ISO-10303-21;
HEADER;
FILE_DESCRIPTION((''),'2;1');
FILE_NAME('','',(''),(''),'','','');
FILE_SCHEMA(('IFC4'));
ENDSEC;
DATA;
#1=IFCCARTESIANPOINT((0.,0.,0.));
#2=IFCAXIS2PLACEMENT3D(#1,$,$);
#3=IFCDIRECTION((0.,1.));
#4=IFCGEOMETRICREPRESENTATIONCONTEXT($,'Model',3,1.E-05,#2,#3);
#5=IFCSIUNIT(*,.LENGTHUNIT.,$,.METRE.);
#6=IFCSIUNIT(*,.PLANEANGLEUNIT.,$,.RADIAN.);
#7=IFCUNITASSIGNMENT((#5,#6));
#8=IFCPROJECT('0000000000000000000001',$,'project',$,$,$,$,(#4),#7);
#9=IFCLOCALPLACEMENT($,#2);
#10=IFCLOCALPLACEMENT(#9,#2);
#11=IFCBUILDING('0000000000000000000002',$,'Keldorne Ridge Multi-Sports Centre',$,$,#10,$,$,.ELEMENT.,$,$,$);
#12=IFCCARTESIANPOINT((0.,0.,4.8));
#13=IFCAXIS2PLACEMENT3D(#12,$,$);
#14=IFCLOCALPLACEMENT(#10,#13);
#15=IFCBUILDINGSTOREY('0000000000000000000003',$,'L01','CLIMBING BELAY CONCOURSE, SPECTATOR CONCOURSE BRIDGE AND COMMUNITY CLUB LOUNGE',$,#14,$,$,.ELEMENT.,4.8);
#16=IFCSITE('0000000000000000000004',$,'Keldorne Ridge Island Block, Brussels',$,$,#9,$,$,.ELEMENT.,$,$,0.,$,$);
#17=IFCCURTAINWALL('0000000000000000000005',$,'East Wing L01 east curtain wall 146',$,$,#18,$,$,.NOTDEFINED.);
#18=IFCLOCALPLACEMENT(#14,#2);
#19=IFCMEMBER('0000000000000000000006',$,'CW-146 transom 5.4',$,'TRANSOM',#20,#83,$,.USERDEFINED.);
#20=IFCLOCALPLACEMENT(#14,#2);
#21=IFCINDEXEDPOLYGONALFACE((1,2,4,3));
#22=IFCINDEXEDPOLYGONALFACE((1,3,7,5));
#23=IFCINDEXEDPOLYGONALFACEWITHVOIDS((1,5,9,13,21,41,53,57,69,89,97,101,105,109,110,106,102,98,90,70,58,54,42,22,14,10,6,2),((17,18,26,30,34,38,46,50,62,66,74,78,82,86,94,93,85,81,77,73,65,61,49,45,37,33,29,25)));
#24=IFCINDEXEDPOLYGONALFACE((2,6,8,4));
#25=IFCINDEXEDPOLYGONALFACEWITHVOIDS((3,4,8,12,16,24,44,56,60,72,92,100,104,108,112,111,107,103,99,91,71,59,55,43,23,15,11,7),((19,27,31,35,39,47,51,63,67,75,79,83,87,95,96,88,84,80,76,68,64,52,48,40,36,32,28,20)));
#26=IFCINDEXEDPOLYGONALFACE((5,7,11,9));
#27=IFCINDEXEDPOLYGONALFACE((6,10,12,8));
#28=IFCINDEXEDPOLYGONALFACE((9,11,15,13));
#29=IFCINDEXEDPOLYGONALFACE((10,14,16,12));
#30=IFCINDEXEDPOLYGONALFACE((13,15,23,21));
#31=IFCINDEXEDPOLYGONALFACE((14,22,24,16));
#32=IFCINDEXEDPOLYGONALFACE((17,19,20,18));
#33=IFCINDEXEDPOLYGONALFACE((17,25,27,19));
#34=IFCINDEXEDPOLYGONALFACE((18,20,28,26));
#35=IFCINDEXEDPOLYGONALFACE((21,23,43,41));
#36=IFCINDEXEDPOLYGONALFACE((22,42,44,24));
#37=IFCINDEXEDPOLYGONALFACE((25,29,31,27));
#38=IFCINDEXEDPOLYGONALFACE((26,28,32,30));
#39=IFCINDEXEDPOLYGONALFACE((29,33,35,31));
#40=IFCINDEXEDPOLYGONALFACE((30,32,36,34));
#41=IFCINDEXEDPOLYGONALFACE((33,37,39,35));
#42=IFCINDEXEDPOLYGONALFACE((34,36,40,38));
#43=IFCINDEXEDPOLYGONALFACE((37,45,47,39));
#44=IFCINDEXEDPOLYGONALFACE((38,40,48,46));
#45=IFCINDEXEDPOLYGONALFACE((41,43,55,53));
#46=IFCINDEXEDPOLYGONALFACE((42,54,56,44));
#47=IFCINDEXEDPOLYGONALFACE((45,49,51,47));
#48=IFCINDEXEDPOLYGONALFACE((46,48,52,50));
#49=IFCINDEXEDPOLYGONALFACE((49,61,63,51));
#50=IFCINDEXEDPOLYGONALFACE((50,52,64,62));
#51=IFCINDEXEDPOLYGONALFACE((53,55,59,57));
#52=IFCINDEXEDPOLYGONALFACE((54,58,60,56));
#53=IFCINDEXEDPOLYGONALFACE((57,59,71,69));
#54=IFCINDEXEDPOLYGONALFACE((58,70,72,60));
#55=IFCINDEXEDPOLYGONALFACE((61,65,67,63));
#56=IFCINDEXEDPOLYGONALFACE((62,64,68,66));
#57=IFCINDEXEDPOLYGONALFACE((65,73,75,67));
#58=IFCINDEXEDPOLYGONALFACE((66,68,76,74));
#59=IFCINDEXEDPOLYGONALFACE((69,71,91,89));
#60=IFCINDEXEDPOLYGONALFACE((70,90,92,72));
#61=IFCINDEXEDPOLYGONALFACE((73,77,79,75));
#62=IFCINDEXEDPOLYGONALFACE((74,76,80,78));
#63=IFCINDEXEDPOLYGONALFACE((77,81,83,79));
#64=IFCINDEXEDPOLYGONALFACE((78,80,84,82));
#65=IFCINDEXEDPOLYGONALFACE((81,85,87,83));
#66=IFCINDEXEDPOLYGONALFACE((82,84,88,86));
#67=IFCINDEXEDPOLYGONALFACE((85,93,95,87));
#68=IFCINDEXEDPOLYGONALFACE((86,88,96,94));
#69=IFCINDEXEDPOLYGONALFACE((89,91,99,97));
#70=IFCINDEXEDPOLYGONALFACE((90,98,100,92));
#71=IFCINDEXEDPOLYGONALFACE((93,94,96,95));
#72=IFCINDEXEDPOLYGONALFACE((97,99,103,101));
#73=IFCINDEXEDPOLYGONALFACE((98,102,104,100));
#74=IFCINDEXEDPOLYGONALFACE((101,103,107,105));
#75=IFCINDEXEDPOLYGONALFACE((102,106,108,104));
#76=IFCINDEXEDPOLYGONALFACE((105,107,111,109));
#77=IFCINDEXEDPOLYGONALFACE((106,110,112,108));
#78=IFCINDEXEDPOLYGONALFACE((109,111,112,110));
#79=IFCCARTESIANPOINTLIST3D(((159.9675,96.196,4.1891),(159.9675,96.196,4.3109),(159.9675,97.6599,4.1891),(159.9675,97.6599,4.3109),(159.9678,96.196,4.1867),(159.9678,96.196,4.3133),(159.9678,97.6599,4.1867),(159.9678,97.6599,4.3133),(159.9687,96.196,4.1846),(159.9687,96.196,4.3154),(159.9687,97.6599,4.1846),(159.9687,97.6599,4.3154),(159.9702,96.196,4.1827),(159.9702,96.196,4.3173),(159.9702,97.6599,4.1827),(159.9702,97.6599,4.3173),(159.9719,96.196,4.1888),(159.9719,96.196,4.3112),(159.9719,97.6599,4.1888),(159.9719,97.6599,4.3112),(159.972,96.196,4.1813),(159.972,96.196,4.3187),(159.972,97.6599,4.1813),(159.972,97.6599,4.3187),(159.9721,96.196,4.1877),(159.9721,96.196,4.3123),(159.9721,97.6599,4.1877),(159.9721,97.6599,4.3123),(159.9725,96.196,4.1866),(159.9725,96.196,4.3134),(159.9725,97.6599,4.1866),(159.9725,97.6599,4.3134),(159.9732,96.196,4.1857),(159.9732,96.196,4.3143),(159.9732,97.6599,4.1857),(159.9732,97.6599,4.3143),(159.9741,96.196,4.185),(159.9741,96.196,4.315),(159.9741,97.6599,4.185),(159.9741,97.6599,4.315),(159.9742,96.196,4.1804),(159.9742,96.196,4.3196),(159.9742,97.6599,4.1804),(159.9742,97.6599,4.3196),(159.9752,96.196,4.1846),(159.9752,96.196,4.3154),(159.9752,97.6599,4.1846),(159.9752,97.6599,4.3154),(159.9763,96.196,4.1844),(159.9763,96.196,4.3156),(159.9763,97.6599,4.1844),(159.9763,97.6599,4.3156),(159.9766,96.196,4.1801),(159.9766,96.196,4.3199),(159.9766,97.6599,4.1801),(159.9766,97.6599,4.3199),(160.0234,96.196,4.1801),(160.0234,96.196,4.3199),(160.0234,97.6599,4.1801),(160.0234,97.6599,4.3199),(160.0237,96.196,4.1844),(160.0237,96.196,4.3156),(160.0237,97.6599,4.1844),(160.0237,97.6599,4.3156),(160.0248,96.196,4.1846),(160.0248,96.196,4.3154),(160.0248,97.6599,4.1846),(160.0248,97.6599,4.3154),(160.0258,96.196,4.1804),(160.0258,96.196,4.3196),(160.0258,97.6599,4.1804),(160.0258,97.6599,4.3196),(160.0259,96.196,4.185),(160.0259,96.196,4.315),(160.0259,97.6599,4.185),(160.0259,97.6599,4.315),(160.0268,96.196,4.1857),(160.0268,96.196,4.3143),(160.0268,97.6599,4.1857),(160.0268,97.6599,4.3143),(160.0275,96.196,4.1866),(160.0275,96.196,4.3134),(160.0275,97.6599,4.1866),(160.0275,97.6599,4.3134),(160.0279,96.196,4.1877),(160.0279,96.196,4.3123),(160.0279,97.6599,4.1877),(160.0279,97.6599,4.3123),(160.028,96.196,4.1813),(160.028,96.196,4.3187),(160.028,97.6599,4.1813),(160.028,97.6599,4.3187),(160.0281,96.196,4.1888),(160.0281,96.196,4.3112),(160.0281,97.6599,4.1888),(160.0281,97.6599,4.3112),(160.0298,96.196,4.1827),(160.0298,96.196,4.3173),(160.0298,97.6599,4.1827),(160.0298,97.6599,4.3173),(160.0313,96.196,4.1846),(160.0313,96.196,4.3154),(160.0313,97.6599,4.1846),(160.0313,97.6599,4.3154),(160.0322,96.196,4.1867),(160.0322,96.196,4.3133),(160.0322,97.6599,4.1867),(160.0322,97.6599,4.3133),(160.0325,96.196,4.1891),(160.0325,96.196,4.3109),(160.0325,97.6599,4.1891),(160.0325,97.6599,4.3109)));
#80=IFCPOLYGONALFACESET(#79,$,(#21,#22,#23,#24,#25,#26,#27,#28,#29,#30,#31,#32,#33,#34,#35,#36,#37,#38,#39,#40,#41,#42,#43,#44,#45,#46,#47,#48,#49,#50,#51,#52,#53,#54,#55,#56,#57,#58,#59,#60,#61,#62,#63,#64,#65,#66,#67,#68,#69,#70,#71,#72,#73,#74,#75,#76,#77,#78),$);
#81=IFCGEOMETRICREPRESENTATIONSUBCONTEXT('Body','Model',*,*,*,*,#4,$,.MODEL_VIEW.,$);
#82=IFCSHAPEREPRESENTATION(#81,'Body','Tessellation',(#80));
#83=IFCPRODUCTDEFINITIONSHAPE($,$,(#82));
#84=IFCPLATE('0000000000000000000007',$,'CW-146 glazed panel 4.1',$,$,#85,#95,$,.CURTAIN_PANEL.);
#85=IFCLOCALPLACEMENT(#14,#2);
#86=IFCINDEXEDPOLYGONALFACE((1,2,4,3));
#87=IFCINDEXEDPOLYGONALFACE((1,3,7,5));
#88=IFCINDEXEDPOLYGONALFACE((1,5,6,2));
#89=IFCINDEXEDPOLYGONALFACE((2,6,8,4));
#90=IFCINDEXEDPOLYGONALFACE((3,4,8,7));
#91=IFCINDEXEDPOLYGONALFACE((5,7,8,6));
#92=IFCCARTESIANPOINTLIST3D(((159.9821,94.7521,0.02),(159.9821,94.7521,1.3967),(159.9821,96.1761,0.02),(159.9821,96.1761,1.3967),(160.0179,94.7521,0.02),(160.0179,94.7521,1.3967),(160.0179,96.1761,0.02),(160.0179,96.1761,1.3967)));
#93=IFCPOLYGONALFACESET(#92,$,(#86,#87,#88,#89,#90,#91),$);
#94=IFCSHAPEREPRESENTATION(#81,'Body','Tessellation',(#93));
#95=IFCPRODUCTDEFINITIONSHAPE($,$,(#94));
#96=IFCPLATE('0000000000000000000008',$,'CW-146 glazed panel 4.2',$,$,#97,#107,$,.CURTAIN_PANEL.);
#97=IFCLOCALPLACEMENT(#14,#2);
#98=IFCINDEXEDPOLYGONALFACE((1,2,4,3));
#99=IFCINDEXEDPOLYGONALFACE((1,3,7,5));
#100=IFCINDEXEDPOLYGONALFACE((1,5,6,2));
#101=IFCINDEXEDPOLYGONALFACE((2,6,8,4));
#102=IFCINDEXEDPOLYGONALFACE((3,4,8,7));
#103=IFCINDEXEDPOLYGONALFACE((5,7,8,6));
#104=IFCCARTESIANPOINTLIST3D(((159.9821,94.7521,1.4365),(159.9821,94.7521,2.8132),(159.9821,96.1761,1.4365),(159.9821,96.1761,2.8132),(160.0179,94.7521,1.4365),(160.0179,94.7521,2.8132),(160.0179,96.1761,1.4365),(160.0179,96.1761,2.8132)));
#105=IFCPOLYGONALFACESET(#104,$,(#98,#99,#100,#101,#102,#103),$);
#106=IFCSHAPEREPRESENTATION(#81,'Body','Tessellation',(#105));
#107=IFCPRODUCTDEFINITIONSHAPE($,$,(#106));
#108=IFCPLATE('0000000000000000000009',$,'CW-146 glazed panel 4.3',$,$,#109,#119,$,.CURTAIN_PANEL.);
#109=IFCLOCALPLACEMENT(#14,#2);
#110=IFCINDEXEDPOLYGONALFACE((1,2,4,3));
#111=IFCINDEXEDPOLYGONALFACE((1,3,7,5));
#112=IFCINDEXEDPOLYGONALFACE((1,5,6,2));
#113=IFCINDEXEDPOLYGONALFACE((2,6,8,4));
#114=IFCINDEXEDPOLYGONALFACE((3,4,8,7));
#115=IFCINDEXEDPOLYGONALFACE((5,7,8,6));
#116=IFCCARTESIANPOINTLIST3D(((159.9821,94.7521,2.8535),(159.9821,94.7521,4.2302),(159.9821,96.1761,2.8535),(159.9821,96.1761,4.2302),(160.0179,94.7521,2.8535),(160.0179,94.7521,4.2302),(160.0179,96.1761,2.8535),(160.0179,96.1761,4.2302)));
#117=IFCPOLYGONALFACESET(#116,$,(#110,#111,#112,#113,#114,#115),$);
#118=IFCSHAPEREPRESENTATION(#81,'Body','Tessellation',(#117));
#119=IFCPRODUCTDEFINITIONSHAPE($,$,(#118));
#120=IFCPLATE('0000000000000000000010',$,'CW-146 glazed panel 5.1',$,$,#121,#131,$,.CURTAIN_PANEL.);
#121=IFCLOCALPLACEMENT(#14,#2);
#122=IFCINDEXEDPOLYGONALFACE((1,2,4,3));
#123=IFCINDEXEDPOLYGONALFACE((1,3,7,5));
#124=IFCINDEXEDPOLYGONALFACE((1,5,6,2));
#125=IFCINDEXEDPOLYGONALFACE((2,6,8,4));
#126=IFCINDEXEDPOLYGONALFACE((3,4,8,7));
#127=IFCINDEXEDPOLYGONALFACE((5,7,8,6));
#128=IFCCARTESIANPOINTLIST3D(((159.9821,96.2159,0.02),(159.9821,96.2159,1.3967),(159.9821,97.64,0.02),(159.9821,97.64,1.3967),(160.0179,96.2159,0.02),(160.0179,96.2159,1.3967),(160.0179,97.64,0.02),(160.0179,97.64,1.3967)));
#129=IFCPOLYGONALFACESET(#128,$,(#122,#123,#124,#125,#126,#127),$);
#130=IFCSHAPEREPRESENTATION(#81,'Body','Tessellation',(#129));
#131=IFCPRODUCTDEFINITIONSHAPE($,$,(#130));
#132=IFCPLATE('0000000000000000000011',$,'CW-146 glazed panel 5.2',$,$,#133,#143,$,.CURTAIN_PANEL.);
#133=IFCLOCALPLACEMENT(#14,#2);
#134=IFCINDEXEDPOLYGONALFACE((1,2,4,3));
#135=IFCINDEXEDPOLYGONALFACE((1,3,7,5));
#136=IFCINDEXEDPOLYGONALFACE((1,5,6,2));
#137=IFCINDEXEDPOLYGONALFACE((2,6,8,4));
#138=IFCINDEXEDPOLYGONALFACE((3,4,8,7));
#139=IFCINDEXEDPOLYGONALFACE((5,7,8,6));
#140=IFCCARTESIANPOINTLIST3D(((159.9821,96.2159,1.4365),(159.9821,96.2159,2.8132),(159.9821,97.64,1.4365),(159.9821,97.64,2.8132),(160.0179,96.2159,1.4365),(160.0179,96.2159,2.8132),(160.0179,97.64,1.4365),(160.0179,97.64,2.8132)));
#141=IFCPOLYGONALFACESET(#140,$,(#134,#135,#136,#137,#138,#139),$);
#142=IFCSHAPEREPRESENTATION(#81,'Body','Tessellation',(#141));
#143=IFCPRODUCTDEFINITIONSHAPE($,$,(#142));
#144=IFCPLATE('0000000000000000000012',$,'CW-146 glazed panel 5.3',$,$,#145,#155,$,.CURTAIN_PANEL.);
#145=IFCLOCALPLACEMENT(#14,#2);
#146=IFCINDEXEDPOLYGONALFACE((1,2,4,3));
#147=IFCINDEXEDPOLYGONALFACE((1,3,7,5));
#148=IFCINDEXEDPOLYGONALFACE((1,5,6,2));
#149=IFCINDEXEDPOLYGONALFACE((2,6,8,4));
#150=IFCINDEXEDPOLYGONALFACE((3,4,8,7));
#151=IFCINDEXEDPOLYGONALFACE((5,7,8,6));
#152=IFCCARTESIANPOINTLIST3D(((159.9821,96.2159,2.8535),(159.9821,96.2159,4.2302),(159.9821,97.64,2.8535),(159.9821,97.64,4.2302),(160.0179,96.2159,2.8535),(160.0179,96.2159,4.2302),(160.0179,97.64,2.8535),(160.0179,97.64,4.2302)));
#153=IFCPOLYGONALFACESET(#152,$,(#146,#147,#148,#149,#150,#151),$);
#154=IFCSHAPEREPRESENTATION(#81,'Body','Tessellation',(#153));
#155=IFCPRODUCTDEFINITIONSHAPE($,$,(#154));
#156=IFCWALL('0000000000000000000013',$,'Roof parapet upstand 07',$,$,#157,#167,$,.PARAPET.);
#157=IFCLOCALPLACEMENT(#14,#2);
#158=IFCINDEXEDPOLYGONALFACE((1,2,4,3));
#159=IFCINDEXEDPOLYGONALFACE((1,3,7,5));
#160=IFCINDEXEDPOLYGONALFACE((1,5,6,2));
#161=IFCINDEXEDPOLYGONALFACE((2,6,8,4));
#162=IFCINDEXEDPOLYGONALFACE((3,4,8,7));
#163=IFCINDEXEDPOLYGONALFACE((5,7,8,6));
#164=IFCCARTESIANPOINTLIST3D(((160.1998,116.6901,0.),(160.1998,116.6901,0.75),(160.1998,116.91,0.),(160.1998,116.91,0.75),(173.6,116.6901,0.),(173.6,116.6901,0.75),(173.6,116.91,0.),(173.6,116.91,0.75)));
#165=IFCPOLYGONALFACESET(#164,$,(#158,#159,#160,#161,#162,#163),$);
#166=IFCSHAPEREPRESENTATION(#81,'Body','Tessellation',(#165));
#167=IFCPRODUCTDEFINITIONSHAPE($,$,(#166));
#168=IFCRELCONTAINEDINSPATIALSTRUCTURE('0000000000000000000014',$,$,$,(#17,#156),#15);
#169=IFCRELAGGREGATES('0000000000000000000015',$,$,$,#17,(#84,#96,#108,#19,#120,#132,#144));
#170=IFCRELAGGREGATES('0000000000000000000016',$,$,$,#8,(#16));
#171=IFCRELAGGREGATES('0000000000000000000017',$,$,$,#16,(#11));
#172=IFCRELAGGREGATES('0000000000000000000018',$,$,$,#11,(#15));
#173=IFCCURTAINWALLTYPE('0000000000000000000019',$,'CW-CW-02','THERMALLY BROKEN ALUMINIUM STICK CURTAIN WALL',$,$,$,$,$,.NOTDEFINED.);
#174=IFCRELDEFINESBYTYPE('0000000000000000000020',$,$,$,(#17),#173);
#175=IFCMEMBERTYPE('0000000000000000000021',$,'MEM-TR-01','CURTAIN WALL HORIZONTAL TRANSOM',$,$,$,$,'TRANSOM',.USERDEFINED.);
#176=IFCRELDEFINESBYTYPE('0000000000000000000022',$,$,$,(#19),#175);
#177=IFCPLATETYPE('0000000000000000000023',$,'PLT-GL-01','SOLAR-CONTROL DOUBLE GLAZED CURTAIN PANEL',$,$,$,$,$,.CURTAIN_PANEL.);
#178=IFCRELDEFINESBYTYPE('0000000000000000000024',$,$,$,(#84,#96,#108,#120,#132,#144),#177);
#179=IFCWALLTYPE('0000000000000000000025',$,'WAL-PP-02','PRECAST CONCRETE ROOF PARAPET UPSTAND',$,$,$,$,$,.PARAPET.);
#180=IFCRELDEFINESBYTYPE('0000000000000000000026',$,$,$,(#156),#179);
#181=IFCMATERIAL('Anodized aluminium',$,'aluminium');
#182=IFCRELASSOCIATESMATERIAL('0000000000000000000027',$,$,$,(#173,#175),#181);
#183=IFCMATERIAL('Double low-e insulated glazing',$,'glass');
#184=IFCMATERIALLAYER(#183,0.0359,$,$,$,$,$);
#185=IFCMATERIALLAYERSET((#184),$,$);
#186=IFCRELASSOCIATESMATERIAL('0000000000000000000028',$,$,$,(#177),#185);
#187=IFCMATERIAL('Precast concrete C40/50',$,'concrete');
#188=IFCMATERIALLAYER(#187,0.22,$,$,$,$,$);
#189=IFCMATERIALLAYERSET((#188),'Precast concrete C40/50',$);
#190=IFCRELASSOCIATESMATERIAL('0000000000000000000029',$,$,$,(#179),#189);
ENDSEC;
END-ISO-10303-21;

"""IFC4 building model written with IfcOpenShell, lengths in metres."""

from ifc_helpers import new_model, si_unit, direction, frame, frame_2d, origin, origin_2d, place, context, subcontext, project, spatial, rectangle, hollow_rectangle, extrude, material, layer, layer_set, material_profile, profile_set, type_object, element, aggregate, save


model = new_model("IFC4")

# Units and contexts
model_context = context("Model", 3, precision=1e-05, world=origin(), true_north=direction((0.0, 1.0)))
body_context = subcontext(model_context, "Body", "Model", "MODEL_VIEW")
ifc_project = project(units=[si_unit("LENGTHUNIT", "METRE"), si_unit("PLANEANGLEUNIT", "RADIAN")], contexts=[model_context])

# Site, building, storey
site_placement = place(None, origin())
site = spatial("IfcSite", under=ifc_project, at=site_placement, Name="Keldorne Ridge Island Block, Brussels", CompositionType="ELEMENT", RefElevation=0.0)
building_placement = place(site_placement, origin())
building = spatial("IfcBuilding", under=site, at=building_placement, Name="Keldorne Ridge Multi-Sports Centre", CompositionType="ELEMENT")
storey_placement = place(building_placement, frame((0.0, 0.0, 4.8)))
storey = spatial("IfcBuildingStorey", under=building, at=storey_placement, Name="L01", Description="CLIMBING BELAY CONCOURSE, SPECTATOR CONCOURSE BRIDGE AND COMMUNITY CLUB LOUNGE", CompositionType="ELEMENT", Elevation=4.8)

# Curtain wall, member, plates
ifc_material_1 = material(Name="Anodized aluminium", Category="aluminium")
curtain_wall_type = type_object("IfcCurtainWallType", Name="CW-CW-02", Description="THERMALLY BROKEN ALUMINIUM STICK CURTAIN WALL", PredefinedType="NOTDEFINED", material=ifc_material_1)
curtain_wall_placement = place(storey_placement, origin())
curtain_wall = element("IfcCurtainWall", 1, at=curtain_wall_placement, inside=storey, type_object=curtain_wall_type, Name="East Wing L01 east curtain wall 146", PredefinedType="NOTDEFINED")
ifc_material_profile_1 = material_profile(ifc_material_1, hollow_rectangle(XDim=0.0649, YDim=0.1399, WallThickness=0.0044, InnerFilletRadius=0.0044, OuterFilletRadius=0.009, at=origin_2d()), Name="ALU TRANSOM 140x65x4.5")
ifc_profile_set_1 = profile_set([ifc_material_profile_1], Name="Anodized aluminium")
member_type_1 = type_object("IfcMemberType", Name="MEM-TR-01", Description="CURTAIN WALL HORIZONTAL TRANSOM", ElementType="TRANSOM", PredefinedType="USERDEFINED", material=ifc_profile_set_1)
member_1_placement = place(storey_placement, frame((160.0, 96.196, 4.25), z_axis=(0.0, 1.0, 0.0), x_axis=(-1.0, 0.0, 0.0)))
member_1 = element("IfcMember", 2, at=member_1_placement, type_object=member_type_1, Name="CW-146 transom 5.4", ObjectType="TRANSOM", PredefinedType="USERDEFINED", context=body_context, shape_type="SweptSolid", body=[
    extrude(hollow_rectangle(XDim=0.0649, YDim=0.1399, WallThickness=0.0044, InnerFilletRadius=0.0044, OuterFilletRadius=0.009, at=origin_2d()), origin(), (0.0, 0.0, 1.0), 1.4639),
])
ifc_material_2 = material(Name="Double low-e insulated glazing", Category="glass")
ifc_layer_1 = layer(ifc_material_2, 0.0359)
ifc_layer_set_1 = layer_set([ifc_layer_1])
plate_type = type_object("IfcPlateType", Name="PLT-GL-01", Description="SOLAR-CONTROL DOUBLE GLAZED CURTAIN PANEL", PredefinedType="CURTAIN_PANEL", material=ifc_layer_set_1)
plate_1_placement = place(storey_placement, frame((160.0, 95.4641, 0.02), z_axis=(0.0, 0.0, 1.0), x_axis=(0.0, 1.0, 0.0)))
plate_1 = element("IfcPlate", 3, at=plate_1_placement, type_object=plate_type, Name="CW-146 glazed panel 4.1", PredefinedType="CURTAIN_PANEL", context=body_context, shape_type="SweptSolid", body=[
    extrude(rectangle(XDim=1.4241, YDim=0.0359, at=origin_2d()), origin(), (0.0, 0.0, 1.0), 1.3767),
])
plate_2_placement = place(storey_placement, frame((160.0, 95.4641, 1.4365), z_axis=(0.0, 0.0, 1.0), x_axis=(0.0, 1.0, 0.0)))
plate_2 = element("IfcPlate", 4, at=plate_2_placement, type_object=plate_type, Name="CW-146 glazed panel 4.2", PredefinedType="CURTAIN_PANEL", context=body_context, shape_type="SweptSolid", body=[
    extrude(rectangle(XDim=1.4241, YDim=0.0359, at=origin_2d()), origin(), (0.0, 0.0, 1.0), 1.3767),
])
plate_3_placement = place(storey_placement, frame((160.0, 95.4641, 2.8535), z_axis=(0.0, 0.0, 1.0), x_axis=(0.0, 1.0, 0.0)))
plate_3 = element("IfcPlate", 5, at=plate_3_placement, type_object=plate_type, Name="CW-146 glazed panel 4.3", PredefinedType="CURTAIN_PANEL", context=body_context, shape_type="SweptSolid", body=[
    extrude(rectangle(XDim=1.4241, YDim=0.0359, at=origin_2d()), origin(), (0.0, 0.0, 1.0), 1.3767),
])
plate_4_placement = place(storey_placement, frame((160.0, 96.928, 0.02), z_axis=(0.0, 0.0, 1.0), x_axis=(0.0, 1.0, 0.0)))
plate_4 = element("IfcPlate", 6, at=plate_4_placement, type_object=plate_type, Name="CW-146 glazed panel 5.1", PredefinedType="CURTAIN_PANEL", context=body_context, shape_type="SweptSolid", body=[
    extrude(rectangle(XDim=1.4241, YDim=0.0359, at=origin_2d()), origin(), (0.0, 0.0, 1.0), 1.3767),
])
plate_5_placement = place(storey_placement, frame((160.0, 96.928, 1.4365), z_axis=(0.0, 0.0, 1.0), x_axis=(0.0, 1.0, 0.0)))
plate_5 = element("IfcPlate", 7, at=plate_5_placement, type_object=plate_type, Name="CW-146 glazed panel 5.2", PredefinedType="CURTAIN_PANEL", context=body_context, shape_type="SweptSolid", body=[
    extrude(rectangle(XDim=1.4241, YDim=0.0359, at=origin_2d()), origin(), (0.0, 0.0, 1.0), 1.3767),
])
plate_6_placement = place(storey_placement, frame((160.0, 96.928, 2.8535), z_axis=(0.0, 0.0, 1.0), x_axis=(0.0, 1.0, 0.0)))
plate_6 = element("IfcPlate", 8, at=plate_6_placement, type_object=plate_type, Name="CW-146 glazed panel 5.3", PredefinedType="CURTAIN_PANEL", context=body_context, shape_type="SweptSolid", body=[
    extrude(rectangle(XDim=1.4241, YDim=0.0359, at=origin_2d()), origin(), (0.0, 0.0, 1.0), 1.3767),
])
aggregate(curtain_wall, [plate_1, plate_2, plate_3, member_1, plate_4, plate_5, plate_6])

# Wall
ifc_material_3 = material(Name="Precast concrete C40/50", Category="concrete")
ifc_layer_2 = layer(ifc_material_3, 0.22)
ifc_layer_set_2 = layer_set([ifc_layer_2], Name="Precast concrete C40/50")
wall_type_1 = type_object("IfcWallType", Name="WAL-PP-02", Description="PRECAST CONCRETE ROOF PARAPET UPSTAND", PredefinedType="PARAPET", material=ifc_layer_set_2)
wall_1_placement = place(storey_placement, frame((173.6001, 116.8, 0.0), z_axis=(0.0, 0.0, 1.0), x_axis=(-1.0, 0.0, 0.0)))
element("IfcWall", 9, at=wall_1_placement, inside=storey, type_object=wall_type_1, Name="Roof parapet upstand 07", PredefinedType="PARAPET", context=body_context, shape_type="SweptSolid", body=[
    extrude(rectangle(XDim=13.4001, YDim=0.22, at=frame_2d((6.7002, 0.0))), origin(), (0.0, 0.0, 1.0), 0.75),
])

save(model, "model.ifc")
